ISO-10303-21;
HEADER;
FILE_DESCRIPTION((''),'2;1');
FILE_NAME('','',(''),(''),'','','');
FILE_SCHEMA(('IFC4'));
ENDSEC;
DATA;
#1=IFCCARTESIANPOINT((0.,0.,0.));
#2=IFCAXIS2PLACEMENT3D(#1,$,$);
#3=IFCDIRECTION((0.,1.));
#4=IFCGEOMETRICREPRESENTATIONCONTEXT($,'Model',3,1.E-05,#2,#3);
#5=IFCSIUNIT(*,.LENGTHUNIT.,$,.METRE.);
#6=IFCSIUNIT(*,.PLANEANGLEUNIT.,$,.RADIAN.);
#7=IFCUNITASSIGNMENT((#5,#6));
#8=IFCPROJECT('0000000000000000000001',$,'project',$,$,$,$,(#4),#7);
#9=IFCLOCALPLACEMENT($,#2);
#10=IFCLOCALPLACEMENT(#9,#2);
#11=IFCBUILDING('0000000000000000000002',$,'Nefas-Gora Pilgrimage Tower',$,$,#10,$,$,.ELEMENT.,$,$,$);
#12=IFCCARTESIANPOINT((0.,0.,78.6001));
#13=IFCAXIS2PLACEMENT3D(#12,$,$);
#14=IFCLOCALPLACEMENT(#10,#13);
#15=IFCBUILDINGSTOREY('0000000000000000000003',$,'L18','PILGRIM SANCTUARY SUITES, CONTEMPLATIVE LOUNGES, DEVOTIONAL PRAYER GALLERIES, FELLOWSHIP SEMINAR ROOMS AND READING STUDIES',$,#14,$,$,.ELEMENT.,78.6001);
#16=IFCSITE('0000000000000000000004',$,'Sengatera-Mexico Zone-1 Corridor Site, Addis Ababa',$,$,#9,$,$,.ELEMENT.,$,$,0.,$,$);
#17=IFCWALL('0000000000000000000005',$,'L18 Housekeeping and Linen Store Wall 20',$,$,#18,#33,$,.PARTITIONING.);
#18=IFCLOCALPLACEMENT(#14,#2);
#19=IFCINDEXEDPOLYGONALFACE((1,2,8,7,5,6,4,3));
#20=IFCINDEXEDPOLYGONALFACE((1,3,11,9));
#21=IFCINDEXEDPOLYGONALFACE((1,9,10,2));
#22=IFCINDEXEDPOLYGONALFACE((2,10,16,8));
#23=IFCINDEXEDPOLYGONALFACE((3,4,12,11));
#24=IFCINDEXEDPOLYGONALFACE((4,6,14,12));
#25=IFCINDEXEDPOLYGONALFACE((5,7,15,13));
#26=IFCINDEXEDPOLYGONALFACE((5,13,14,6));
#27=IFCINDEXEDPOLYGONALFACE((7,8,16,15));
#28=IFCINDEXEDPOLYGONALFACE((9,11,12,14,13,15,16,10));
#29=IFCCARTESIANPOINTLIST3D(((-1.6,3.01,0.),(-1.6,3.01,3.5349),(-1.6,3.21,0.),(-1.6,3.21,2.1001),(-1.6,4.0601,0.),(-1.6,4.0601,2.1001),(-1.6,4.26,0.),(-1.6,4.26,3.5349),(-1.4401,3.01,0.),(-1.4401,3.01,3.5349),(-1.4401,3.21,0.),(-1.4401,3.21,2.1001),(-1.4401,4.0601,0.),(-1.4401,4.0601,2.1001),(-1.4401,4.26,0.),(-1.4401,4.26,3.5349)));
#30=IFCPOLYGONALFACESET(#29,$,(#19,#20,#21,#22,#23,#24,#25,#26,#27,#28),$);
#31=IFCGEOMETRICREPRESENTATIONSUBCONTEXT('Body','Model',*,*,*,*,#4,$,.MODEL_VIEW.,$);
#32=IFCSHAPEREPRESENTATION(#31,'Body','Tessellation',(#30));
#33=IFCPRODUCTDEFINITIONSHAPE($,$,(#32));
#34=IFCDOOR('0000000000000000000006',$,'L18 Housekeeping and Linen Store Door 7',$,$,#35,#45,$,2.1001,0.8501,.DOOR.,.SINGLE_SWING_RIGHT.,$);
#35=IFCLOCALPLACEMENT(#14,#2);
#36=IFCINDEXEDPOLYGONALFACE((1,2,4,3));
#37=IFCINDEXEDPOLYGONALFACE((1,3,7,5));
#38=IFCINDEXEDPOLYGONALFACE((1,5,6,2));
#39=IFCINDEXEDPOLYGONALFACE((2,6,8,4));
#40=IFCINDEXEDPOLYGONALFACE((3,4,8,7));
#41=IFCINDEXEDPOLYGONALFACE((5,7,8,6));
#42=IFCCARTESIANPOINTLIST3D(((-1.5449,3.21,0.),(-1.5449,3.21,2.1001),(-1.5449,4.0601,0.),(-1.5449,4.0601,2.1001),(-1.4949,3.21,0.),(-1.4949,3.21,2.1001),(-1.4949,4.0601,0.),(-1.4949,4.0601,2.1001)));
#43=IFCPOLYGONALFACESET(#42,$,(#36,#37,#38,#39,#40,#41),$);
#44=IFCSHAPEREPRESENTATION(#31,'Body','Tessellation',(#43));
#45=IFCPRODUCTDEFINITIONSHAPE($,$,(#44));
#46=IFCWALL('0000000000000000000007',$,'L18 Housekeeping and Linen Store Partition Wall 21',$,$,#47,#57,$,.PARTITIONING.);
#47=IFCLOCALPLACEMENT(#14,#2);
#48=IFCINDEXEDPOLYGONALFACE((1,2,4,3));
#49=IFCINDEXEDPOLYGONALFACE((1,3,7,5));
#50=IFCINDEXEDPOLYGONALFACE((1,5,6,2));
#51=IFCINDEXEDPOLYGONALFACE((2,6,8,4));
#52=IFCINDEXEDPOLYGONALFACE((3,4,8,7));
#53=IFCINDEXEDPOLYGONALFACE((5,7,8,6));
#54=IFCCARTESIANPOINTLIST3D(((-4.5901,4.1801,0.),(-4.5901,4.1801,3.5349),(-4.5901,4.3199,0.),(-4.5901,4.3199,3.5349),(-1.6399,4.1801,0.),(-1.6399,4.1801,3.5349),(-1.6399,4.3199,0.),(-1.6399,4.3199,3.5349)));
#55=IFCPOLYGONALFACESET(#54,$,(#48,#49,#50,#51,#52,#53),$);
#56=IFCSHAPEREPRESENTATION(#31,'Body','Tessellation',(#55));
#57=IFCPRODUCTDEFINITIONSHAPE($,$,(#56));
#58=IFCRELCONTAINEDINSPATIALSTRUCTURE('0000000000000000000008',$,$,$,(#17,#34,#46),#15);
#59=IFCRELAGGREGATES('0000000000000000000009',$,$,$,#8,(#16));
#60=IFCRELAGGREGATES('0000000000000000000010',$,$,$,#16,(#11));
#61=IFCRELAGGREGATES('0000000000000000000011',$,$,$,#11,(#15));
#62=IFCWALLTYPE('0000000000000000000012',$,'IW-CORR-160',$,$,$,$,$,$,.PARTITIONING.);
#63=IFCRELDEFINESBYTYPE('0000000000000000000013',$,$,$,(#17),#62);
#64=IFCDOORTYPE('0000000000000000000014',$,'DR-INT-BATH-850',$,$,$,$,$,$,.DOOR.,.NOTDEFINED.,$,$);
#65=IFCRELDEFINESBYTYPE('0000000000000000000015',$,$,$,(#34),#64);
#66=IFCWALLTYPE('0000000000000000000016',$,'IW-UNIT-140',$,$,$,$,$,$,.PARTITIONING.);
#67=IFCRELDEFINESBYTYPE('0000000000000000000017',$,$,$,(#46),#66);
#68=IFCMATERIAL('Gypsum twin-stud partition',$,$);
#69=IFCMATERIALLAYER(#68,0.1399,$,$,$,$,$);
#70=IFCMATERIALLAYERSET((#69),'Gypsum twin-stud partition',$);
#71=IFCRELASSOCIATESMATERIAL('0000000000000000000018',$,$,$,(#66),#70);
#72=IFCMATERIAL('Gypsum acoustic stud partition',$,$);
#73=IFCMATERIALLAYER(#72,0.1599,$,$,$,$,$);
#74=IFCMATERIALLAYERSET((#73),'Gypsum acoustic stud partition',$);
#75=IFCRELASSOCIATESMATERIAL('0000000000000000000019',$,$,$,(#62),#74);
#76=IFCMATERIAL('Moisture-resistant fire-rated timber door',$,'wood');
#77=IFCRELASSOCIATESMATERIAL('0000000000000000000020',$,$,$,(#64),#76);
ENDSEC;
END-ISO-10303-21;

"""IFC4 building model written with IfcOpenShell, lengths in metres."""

from ifc_helpers import new_model, si_unit, direction, frame, frame_2d, origin, place, context, subcontext, project, spatial, rectangle, extrude, source, transform, mapped, material, layer, layer_set, type_object, element, fill, save


model = new_model("IFC4")

# Units and contexts
model_context = context("Model", 3, precision=1e-05, world=origin(), true_north=direction((0.0, 1.0)))
body_context = subcontext(model_context, "Body", "Model", "MODEL_VIEW")
ifc_project = project(units=[si_unit("LENGTHUNIT", "METRE"), si_unit("PLANEANGLEUNIT", "RADIAN")], contexts=[model_context])

# Site, building, storey
site_placement = place(None, origin())
site = spatial("IfcSite", under=ifc_project, at=site_placement, Name="Sengatera-Mexico Zone-1 Corridor Site, Addis Ababa", CompositionType="ELEMENT", RefElevation=0.0)
building_placement = place(site_placement, origin())
building = spatial("IfcBuilding", under=site, at=building_placement, Name="Nefas-Gora Pilgrimage Tower", CompositionType="ELEMENT")
storey_placement = place(building_placement, frame((0.0, 0.0, 78.6001)))
storey = spatial("IfcBuildingStorey", under=building, at=storey_placement, Name="L18", Description="PILGRIM SANCTUARY SUITES, CONTEMPLATIVE LOUNGES, DEVOTIONAL PRAYER GALLERIES, FELLOWSHIP SEMINAR ROOMS AND READING STUDIES", CompositionType="ELEMENT", Elevation=78.6001)

# Shared definitions
ifc_material_1 = material(Name="Gypsum twin-stud partition")
ifc_layer_1 = layer(ifc_material_1, 0.1399)
ifc_layer_set_1 = layer_set([ifc_layer_1], Name="Gypsum twin-stud partition")
wall_type_1 = type_object("IfcWallType", Name="IW-UNIT-140", PredefinedType="PARTITIONING", material=ifc_layer_set_1)

# Wall, opening, door
ifc_material_2 = material(Name="Gypsum acoustic stud partition")
ifc_layer_2 = layer(ifc_material_2, 0.1599)
ifc_layer_set_2 = layer_set([ifc_layer_2], Name="Gypsum acoustic stud partition")
wall_type_2 = type_object("IfcWallType", Name="IW-CORR-160", PredefinedType="PARTITIONING", material=ifc_layer_set_2)
shared_shape_1 = source(origin(), body_context, "Body", "SweptSolid", [
    extrude(rectangle(XDim=1.25, YDim=0.1599, at=frame_2d((0.625, 0.0))), origin(), (0.0, 0.0, 1.0), 3.5349),
])
wall_1_placement = place(storey_placement, frame((-1.52, 3.01, 0.0), z_axis=(0.0, 0.0, 1.0), x_axis=(0.0, 1.0, 0.0)))
wall_1 = element("IfcWall", 1, at=wall_1_placement, inside=storey, type_object=wall_type_2, Name="L18 Housekeeping and Linen Store Wall 20", PredefinedType="PARTITIONING", context=body_context, shape_type="MappedRepresentation", body=[
    mapped(shared_shape_1, transform((0.0, 0.0, 0.0), x_axis=(1.0, 0.0, 0.0), y_axis=(0.0, 1.0, 0.0), z_axis=(0.0, 0.0, 1.0), scale=1.0)),
])
opening_1_placement = place(wall_1_placement, frame((0.2, 0.0, 0.0)))
opening_1 = element("IfcOpeningElement", 2, at=opening_1_placement, cuts=wall_1, PredefinedType="OPENING", context=body_context, shape_type="SweptSolid", body=[
    extrude(rectangle(XDim=0.8501, YDim=2.1001, at=frame_2d((0.425, 1.05))), frame((0.0, 0.0898, 0.0), z_axis=(0.0, -1.0, 0.0), x_axis=(1.0, 0.0, 0.0)), (0.0, 0.0, 1.0), 0.1799),
])
ifc_material_3 = material(Name="Moisture-resistant fire-rated timber door", Category="wood")
door_type_1 = type_object("IfcDoorType", Name="DR-INT-BATH-850", OperationType="NOTDEFINED", PredefinedType="DOOR", material=ifc_material_3)
shared_shape_2 = source(origin(), body_context, "Body", "SweptSolid", [
    extrude(rectangle(XDim=0.8501, YDim=2.1001, at=frame_2d((0.425, 1.05))), frame((0.0, 0.0249, 0.0), z_axis=(0.0, -1.0, 0.0), x_axis=(1.0, 0.0, 0.0)), (0.0, 0.0, 1.0), 0.05),
])
door_1_placement = place(opening_1_placement, origin())
door_1 = element("IfcDoor", 3, at=door_1_placement, inside=storey, type_object=door_type_1, Name="L18 Housekeeping and Linen Store Door 7", OperationType="SINGLE_SWING_RIGHT", OverallHeight=2.1001, OverallWidth=0.8501, PredefinedType="DOOR", context=body_context, shape_type="MappedRepresentation", body=[
    mapped(shared_shape_2, transform((0.0, 0.0, 0.0), x_axis=(1.0, 0.0, 0.0), y_axis=(0.0, 1.0, 0.0), z_axis=(0.0, 0.0, 1.0), scale=1.0)),
])
fill(opening_1, door_1)

# Wall
shared_shape_3 = source(origin(), body_context, "Body", "SweptSolid", [
    extrude(rectangle(XDim=2.9502, YDim=0.1399, at=frame_2d((1.4751, 0.0))), origin(), (0.0, 0.0, 1.0), 3.5349),
])
wall_2_placement = place(storey_placement, frame((-4.5901, 4.25, 0.0), z_axis=(0.0, 0.0, 1.0), x_axis=(1.0, 0.0, 0.0)))
element("IfcWall", 4, at=wall_2_placement, inside=storey, type_object=wall_type_1, Name="L18 Housekeeping and Linen Store Partition Wall 21", PredefinedType="PARTITIONING", context=body_context, shape_type="MappedRepresentation", body=[
    mapped(shared_shape_3, transform((0.0, 0.0, 0.0), x_axis=(1.0, 0.0, 0.0), y_axis=(0.0, 1.0, 0.0), z_axis=(0.0, 0.0, 1.0), scale=1.0)),
])

save(model, "model.ifc")
